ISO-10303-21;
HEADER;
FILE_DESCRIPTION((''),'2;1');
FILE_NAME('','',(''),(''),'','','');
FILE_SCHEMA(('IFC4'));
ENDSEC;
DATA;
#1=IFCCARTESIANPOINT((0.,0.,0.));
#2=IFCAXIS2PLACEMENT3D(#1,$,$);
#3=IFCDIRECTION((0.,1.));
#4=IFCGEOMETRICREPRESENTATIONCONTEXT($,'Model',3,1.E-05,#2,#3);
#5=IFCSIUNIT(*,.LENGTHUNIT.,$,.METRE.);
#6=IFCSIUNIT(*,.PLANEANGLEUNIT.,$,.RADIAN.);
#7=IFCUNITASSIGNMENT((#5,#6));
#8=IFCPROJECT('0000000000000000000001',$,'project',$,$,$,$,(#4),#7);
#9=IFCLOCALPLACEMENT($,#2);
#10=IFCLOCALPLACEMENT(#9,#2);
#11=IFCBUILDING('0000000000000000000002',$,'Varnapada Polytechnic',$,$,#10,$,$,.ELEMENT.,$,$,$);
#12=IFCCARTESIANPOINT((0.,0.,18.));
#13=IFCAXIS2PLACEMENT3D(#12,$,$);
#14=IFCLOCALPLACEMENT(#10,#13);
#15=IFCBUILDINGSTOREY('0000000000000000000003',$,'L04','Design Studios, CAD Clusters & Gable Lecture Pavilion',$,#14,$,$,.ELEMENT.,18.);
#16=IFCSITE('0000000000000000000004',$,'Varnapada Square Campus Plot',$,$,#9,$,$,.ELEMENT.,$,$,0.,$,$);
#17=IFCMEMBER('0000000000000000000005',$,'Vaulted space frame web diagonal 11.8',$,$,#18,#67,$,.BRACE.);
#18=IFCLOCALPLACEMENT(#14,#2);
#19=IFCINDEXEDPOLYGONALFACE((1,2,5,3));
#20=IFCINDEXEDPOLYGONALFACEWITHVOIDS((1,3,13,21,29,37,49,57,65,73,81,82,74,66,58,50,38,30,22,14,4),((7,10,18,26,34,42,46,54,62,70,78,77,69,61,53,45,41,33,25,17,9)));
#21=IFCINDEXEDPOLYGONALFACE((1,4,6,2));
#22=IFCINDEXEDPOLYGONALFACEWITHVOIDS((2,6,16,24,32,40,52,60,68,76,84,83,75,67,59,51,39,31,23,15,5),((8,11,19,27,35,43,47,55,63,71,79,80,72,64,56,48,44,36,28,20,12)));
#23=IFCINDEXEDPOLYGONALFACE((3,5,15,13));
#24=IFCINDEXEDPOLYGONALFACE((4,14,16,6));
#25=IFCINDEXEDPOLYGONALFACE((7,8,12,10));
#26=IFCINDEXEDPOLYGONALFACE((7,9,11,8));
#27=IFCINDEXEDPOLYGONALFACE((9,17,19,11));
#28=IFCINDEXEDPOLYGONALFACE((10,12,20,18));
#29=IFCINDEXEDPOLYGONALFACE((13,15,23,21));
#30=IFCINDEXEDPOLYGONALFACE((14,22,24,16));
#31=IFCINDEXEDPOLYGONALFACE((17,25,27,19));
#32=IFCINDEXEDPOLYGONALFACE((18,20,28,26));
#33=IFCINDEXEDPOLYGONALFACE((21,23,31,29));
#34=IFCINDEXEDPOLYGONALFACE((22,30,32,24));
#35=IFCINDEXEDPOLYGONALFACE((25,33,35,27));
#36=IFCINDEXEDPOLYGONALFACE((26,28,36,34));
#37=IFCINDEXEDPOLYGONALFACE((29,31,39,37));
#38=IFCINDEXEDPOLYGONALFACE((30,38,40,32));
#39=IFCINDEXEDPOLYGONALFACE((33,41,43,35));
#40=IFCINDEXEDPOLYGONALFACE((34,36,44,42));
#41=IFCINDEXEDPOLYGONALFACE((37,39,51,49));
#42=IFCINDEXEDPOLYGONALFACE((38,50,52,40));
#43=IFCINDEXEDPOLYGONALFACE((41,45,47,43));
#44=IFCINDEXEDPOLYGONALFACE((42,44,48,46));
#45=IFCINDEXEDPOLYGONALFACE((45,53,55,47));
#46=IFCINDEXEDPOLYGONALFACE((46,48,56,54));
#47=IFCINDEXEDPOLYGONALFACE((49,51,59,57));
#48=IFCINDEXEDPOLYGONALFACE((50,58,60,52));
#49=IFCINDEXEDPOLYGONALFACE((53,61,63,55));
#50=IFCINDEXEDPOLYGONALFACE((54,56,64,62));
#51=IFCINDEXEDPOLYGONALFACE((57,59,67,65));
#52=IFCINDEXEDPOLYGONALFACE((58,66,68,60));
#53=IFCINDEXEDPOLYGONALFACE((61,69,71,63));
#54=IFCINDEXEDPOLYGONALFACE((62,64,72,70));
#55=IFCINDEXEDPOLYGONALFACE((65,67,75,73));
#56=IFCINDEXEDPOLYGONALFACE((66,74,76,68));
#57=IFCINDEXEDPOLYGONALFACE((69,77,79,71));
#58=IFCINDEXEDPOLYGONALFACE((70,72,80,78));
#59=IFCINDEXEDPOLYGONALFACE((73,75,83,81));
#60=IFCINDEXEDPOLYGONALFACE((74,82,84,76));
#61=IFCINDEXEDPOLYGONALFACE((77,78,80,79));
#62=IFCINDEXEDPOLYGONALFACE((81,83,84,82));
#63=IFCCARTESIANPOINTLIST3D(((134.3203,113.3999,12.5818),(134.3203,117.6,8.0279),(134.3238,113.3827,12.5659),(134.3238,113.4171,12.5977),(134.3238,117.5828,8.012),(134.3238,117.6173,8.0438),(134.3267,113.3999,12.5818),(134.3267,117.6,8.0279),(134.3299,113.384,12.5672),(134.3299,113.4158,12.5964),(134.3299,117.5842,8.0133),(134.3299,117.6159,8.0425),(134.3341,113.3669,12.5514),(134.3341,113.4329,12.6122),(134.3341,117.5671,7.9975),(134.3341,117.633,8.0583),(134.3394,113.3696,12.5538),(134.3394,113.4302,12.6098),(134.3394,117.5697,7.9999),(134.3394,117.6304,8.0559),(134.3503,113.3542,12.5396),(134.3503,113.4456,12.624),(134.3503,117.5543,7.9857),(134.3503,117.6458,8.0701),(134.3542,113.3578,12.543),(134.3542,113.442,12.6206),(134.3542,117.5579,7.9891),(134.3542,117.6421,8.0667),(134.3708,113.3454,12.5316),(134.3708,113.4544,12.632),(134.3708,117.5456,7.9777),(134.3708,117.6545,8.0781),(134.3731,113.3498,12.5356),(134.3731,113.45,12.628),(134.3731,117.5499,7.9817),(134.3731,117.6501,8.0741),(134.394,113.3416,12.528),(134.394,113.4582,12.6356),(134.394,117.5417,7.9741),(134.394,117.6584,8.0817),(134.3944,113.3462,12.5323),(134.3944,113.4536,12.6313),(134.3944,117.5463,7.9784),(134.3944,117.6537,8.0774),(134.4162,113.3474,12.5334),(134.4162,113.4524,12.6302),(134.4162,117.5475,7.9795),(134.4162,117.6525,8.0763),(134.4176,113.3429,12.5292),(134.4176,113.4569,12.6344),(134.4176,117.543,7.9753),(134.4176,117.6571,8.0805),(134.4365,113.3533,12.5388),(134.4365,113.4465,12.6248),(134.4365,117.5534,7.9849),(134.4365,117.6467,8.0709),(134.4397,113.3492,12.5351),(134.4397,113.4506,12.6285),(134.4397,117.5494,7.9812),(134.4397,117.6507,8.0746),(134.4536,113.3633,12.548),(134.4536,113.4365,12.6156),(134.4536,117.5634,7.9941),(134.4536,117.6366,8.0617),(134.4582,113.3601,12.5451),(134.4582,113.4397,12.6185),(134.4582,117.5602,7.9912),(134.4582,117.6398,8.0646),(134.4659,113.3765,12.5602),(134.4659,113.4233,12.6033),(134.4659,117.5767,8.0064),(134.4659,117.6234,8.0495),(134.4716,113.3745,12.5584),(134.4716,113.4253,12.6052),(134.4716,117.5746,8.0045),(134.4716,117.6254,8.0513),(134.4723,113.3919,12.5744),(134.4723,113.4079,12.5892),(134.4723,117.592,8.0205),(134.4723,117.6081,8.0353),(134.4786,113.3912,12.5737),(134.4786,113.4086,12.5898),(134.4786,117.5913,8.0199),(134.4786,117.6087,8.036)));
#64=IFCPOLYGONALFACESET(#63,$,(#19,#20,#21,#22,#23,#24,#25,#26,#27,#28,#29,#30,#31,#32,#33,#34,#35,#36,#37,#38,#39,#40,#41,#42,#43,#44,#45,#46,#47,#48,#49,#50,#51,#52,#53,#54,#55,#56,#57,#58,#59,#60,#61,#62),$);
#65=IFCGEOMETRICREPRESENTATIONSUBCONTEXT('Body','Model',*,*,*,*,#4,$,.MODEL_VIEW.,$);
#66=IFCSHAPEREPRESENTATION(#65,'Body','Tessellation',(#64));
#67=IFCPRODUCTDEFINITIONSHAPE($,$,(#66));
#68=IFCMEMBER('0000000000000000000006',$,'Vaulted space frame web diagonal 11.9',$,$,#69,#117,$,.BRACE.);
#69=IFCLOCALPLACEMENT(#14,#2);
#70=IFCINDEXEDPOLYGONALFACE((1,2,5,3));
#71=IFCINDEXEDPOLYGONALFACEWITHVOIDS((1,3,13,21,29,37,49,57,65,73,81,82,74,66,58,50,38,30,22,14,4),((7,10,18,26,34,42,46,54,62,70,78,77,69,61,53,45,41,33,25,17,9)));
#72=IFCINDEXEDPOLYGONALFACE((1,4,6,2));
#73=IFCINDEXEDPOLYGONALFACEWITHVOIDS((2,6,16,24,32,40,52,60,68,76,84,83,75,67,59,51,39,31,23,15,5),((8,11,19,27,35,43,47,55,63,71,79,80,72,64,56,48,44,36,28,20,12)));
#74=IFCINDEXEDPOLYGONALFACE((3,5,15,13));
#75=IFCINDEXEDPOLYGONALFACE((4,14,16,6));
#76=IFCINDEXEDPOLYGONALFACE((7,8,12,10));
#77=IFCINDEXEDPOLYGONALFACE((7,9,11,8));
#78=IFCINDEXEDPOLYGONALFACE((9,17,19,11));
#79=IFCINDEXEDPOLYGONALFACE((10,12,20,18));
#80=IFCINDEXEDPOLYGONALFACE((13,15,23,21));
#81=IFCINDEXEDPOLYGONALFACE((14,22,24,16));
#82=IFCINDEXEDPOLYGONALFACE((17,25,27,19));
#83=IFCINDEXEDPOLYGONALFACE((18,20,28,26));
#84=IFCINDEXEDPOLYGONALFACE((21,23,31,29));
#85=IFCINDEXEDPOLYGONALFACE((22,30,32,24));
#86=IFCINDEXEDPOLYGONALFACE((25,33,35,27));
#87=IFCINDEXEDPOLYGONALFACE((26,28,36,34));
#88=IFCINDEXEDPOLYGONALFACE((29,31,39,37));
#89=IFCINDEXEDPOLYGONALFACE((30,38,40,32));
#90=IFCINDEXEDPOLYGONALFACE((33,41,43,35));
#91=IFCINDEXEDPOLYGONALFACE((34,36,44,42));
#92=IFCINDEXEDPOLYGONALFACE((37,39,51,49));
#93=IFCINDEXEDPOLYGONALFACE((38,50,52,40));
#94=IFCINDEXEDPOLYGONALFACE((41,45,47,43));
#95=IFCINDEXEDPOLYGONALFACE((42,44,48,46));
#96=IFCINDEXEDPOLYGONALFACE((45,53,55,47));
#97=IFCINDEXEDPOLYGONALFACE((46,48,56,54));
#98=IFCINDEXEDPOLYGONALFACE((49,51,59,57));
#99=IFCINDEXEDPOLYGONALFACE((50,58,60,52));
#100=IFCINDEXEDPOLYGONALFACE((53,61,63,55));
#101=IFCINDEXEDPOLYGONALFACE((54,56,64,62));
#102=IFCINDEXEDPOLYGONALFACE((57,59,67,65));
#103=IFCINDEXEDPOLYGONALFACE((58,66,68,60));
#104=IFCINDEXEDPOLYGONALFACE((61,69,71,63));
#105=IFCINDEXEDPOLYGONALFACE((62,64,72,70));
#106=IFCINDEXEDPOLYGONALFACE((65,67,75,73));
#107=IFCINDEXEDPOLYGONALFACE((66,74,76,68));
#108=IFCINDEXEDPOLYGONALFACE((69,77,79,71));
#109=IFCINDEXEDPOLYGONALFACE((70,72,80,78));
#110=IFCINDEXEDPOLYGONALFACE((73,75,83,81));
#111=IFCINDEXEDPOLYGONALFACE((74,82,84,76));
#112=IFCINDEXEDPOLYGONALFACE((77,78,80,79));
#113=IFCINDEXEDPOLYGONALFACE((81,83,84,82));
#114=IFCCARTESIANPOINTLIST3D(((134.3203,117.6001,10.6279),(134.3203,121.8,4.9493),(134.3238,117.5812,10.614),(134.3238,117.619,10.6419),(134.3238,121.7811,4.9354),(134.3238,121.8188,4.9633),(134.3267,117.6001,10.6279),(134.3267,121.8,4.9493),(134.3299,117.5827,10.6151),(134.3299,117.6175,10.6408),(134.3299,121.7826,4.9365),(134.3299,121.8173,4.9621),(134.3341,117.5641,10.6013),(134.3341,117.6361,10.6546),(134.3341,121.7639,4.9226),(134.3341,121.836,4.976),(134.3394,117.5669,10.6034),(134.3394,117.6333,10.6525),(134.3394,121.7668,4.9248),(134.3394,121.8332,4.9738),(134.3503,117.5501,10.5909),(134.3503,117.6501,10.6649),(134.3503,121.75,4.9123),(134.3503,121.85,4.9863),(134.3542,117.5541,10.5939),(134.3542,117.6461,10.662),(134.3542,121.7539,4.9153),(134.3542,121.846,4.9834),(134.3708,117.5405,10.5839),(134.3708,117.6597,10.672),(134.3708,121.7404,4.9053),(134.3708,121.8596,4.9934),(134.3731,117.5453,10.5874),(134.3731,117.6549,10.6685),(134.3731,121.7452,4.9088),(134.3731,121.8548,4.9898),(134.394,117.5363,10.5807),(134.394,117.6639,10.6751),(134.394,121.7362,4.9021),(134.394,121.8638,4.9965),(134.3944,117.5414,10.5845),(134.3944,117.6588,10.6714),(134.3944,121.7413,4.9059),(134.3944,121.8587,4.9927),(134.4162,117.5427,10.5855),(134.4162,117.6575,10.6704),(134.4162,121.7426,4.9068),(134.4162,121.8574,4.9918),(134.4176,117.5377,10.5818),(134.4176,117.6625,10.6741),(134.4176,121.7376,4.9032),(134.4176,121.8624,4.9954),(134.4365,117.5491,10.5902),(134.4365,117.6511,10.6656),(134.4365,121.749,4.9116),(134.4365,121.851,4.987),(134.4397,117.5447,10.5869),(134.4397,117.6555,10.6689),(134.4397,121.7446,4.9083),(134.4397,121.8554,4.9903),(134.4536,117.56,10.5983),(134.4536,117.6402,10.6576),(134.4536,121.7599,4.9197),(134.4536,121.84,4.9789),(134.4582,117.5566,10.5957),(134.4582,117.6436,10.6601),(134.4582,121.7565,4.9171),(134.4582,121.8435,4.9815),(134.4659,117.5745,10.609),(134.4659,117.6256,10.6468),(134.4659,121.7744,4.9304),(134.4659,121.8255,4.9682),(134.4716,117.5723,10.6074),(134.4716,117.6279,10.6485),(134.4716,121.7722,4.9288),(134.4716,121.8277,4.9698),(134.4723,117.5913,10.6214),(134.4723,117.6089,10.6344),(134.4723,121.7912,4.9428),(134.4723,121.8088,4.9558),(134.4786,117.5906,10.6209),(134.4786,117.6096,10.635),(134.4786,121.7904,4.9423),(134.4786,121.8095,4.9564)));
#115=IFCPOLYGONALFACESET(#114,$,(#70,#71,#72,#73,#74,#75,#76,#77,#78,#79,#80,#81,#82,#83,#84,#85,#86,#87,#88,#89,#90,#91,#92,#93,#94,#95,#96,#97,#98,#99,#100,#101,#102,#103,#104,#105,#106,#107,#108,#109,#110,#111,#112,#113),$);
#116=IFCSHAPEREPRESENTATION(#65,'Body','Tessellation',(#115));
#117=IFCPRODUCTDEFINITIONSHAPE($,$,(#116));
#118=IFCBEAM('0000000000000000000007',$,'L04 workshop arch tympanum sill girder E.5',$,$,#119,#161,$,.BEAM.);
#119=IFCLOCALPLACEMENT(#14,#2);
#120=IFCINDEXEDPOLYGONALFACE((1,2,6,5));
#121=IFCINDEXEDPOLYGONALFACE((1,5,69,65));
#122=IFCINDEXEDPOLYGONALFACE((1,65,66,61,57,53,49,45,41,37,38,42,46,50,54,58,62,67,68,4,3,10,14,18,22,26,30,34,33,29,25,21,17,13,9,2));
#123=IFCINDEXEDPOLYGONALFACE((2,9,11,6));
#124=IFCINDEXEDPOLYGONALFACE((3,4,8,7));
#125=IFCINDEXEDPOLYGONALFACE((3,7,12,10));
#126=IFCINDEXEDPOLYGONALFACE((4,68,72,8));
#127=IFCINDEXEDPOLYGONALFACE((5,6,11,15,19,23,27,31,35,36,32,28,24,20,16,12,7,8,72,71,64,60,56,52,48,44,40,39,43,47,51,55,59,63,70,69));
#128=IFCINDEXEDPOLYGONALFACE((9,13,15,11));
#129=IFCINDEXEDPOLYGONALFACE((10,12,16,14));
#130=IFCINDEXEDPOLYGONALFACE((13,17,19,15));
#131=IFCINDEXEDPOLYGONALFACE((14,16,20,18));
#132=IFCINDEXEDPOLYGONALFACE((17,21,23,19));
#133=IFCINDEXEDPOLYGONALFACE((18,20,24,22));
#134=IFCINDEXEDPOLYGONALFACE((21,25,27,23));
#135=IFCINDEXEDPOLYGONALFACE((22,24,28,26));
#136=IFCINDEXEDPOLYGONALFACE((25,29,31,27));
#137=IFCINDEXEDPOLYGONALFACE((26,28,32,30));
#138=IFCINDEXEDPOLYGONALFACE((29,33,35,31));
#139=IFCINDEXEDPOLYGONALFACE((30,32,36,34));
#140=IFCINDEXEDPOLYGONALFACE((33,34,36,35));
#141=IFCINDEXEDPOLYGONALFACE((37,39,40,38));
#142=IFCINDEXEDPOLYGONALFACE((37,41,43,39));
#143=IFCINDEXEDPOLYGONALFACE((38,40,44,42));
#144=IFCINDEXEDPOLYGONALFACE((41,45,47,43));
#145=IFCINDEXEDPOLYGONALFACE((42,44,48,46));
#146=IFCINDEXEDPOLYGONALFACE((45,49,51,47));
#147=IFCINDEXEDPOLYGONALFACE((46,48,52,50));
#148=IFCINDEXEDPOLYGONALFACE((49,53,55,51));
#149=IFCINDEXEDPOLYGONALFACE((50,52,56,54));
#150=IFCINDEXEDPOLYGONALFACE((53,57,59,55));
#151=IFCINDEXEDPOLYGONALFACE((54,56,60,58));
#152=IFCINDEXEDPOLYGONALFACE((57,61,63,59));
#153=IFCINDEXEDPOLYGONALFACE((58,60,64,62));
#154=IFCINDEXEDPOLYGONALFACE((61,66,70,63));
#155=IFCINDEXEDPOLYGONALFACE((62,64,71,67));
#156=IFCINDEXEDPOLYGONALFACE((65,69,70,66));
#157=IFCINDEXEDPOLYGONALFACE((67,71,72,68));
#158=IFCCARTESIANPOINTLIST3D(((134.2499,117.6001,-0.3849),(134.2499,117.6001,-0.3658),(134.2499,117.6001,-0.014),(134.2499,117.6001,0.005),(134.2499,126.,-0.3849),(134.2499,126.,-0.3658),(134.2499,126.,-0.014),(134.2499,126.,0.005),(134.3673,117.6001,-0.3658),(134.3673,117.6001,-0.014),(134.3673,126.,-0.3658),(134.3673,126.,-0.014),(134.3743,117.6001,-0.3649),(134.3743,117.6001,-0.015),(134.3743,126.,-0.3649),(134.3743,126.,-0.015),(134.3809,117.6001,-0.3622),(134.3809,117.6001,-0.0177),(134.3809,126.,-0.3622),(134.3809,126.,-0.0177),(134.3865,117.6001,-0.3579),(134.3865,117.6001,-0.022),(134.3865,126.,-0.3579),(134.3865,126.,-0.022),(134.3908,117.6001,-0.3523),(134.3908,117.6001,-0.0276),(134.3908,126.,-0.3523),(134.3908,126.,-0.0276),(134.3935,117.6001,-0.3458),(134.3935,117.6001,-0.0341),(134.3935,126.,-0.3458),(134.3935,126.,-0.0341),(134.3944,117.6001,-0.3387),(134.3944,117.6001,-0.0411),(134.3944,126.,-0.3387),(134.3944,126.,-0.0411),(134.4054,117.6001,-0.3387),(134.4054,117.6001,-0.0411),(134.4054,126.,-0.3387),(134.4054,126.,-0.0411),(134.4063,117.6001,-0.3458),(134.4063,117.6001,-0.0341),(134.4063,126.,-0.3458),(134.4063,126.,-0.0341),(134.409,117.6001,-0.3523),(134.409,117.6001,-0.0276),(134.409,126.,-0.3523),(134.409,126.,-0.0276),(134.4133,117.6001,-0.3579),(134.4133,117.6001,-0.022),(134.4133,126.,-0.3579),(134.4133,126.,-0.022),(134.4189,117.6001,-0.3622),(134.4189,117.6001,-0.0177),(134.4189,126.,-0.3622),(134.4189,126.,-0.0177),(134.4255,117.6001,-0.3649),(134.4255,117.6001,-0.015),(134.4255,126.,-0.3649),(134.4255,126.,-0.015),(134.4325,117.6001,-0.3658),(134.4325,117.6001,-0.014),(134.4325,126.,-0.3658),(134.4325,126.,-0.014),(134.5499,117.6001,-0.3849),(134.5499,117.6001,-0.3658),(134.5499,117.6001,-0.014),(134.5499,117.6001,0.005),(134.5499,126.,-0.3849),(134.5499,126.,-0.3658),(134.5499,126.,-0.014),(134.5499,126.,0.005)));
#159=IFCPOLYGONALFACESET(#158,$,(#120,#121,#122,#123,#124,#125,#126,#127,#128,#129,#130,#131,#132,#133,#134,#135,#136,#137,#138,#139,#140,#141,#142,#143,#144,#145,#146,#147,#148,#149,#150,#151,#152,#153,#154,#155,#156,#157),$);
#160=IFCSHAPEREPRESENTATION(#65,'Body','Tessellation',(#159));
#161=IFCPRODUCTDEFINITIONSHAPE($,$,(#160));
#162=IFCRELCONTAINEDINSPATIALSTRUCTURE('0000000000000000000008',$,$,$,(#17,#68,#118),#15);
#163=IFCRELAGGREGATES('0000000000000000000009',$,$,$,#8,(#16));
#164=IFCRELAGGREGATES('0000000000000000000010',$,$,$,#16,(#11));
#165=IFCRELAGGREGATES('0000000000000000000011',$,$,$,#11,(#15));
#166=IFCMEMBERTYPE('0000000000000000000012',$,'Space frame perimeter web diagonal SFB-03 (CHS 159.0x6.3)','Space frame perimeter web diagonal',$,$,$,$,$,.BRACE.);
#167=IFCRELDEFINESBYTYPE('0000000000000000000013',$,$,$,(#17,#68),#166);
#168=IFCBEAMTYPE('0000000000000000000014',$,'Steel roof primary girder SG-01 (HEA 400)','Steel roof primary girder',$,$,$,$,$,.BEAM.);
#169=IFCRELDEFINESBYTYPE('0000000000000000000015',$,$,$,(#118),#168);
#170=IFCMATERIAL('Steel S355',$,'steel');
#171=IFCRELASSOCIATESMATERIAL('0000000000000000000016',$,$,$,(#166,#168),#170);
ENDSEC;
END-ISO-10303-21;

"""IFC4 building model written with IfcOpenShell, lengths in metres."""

from ifc_helpers import new_model, si_unit, direction, frame, origin, origin_2d, place, context, subcontext, project, spatial, hollow_circle, i_section, extrude, material, material_profile, profile_set, type_object, element, save


model = new_model("IFC4")

# Units and contexts
model_context = context("Model", 3, precision=1e-05, world=origin(), true_north=direction((0.0, 1.0)))
body_context = subcontext(model_context, "Body", "Model", "MODEL_VIEW")
ifc_project = project(units=[si_unit("LENGTHUNIT", "METRE"), si_unit("PLANEANGLEUNIT", "RADIAN")], contexts=[model_context])

# Site, building, storey
site_placement = place(None, origin())
site = spatial("IfcSite", under=ifc_project, at=site_placement, Name="Varnapada Square Campus Plot", CompositionType="ELEMENT", RefElevation=0.0)
building_placement = place(site_placement, origin())
building = spatial("IfcBuilding", under=site, at=building_placement, Name="Varnapada Polytechnic", CompositionType="ELEMENT")
storey_placement = place(building_placement, frame((0.0, 0.0, 18.0)))
storey = spatial("IfcBuildingStorey", under=building, at=storey_placement, Name="L04", Description="Design Studios, CAD Clusters & Gable Lecture Pavilion", CompositionType="ELEMENT", Elevation=18.0)

# Shared definitions
ifc_material = material(Name="Steel S355", Category="steel")

# Members
ifc_material_profile_1 = material_profile(ifc_material, hollow_circle(Radius=0.0796, WallThickness=0.0063, at=origin_2d()), Name="CHS 159.0x6.3")
ifc_profile_set_1 = profile_set([ifc_material_profile_1], Name="Steel S355")
member_type_1 = type_object("IfcMemberType", Name="Space frame perimeter web diagonal SFB-03 (CHS 159.0x6.3)", Description="Space frame perimeter web diagonal", PredefinedType="BRACE", material=ifc_profile_set_1)
member_1_placement = place(storey_placement, frame((134.3999, 113.3999, 12.5818), z_axis=(0.0, 0.677979, -0.735081), x_axis=(-1.0, 0.0, 0.0)))
element("IfcMember", 1, at=member_1_placement, inside=storey, type_object=member_type_1, Name="Vaulted space frame web diagonal 11.8", PredefinedType="BRACE", context=body_context, shape_type="SweptSolid", body=[
    extrude(hollow_circle(Radius=0.0796, WallThickness=0.0063, at=origin_2d()), origin(), (0.0, 0.0, 1.0), 6.1951),
])
member_2_placement = place(storey_placement, frame((134.3999, 117.6001, 10.6279), z_axis=(0.0, 0.594633, -0.803997), x_axis=(-1.0, 0.0, 0.0)))
element("IfcMember", 2, at=member_2_placement, inside=storey, type_object=member_type_1, Name="Vaulted space frame web diagonal 11.9", PredefinedType="BRACE", context=body_context, shape_type="SweptSolid", body=[
    extrude(hollow_circle(Radius=0.0796, WallThickness=0.0063, at=origin_2d()), origin(), (0.0, 0.0, 1.0), 7.063),
])

# Beam
ifc_material_profile_2 = material_profile(ifc_material, i_section(OverallWidth=0.3, OverallDepth=0.3899, WebThickness=0.011, FlangeThickness=0.019, FilletRadius=0.0271, at=origin_2d()), Name="HEA 400")
ifc_profile_set_2 = profile_set([ifc_material_profile_2], Name="Steel S355")
beam_type_1 = type_object("IfcBeamType", Name="Steel roof primary girder SG-01 (HEA 400)", Description="Steel roof primary girder", PredefinedType="BEAM", material=ifc_profile_set_2)
beam_1_placement = place(storey_placement, frame((134.3999, 117.6001, -0.1899), z_axis=(0.0, 1.0, 0.0), x_axis=(-1.0, 0.0, 0.0)))
element("IfcBeam", 3, at=beam_1_placement, inside=storey, type_object=beam_type_1, Name="L04 workshop arch tympanum sill girder E.5", PredefinedType="BEAM", context=body_context, shape_type="SweptSolid", body=[
    extrude(i_section(OverallWidth=0.3, OverallDepth=0.3899, WebThickness=0.011, FlangeThickness=0.019, FilletRadius=0.0271, at=origin_2d()), origin(), (0.0, 0.0, 1.0), 8.3999),
])

save(model, "model.ifc")
